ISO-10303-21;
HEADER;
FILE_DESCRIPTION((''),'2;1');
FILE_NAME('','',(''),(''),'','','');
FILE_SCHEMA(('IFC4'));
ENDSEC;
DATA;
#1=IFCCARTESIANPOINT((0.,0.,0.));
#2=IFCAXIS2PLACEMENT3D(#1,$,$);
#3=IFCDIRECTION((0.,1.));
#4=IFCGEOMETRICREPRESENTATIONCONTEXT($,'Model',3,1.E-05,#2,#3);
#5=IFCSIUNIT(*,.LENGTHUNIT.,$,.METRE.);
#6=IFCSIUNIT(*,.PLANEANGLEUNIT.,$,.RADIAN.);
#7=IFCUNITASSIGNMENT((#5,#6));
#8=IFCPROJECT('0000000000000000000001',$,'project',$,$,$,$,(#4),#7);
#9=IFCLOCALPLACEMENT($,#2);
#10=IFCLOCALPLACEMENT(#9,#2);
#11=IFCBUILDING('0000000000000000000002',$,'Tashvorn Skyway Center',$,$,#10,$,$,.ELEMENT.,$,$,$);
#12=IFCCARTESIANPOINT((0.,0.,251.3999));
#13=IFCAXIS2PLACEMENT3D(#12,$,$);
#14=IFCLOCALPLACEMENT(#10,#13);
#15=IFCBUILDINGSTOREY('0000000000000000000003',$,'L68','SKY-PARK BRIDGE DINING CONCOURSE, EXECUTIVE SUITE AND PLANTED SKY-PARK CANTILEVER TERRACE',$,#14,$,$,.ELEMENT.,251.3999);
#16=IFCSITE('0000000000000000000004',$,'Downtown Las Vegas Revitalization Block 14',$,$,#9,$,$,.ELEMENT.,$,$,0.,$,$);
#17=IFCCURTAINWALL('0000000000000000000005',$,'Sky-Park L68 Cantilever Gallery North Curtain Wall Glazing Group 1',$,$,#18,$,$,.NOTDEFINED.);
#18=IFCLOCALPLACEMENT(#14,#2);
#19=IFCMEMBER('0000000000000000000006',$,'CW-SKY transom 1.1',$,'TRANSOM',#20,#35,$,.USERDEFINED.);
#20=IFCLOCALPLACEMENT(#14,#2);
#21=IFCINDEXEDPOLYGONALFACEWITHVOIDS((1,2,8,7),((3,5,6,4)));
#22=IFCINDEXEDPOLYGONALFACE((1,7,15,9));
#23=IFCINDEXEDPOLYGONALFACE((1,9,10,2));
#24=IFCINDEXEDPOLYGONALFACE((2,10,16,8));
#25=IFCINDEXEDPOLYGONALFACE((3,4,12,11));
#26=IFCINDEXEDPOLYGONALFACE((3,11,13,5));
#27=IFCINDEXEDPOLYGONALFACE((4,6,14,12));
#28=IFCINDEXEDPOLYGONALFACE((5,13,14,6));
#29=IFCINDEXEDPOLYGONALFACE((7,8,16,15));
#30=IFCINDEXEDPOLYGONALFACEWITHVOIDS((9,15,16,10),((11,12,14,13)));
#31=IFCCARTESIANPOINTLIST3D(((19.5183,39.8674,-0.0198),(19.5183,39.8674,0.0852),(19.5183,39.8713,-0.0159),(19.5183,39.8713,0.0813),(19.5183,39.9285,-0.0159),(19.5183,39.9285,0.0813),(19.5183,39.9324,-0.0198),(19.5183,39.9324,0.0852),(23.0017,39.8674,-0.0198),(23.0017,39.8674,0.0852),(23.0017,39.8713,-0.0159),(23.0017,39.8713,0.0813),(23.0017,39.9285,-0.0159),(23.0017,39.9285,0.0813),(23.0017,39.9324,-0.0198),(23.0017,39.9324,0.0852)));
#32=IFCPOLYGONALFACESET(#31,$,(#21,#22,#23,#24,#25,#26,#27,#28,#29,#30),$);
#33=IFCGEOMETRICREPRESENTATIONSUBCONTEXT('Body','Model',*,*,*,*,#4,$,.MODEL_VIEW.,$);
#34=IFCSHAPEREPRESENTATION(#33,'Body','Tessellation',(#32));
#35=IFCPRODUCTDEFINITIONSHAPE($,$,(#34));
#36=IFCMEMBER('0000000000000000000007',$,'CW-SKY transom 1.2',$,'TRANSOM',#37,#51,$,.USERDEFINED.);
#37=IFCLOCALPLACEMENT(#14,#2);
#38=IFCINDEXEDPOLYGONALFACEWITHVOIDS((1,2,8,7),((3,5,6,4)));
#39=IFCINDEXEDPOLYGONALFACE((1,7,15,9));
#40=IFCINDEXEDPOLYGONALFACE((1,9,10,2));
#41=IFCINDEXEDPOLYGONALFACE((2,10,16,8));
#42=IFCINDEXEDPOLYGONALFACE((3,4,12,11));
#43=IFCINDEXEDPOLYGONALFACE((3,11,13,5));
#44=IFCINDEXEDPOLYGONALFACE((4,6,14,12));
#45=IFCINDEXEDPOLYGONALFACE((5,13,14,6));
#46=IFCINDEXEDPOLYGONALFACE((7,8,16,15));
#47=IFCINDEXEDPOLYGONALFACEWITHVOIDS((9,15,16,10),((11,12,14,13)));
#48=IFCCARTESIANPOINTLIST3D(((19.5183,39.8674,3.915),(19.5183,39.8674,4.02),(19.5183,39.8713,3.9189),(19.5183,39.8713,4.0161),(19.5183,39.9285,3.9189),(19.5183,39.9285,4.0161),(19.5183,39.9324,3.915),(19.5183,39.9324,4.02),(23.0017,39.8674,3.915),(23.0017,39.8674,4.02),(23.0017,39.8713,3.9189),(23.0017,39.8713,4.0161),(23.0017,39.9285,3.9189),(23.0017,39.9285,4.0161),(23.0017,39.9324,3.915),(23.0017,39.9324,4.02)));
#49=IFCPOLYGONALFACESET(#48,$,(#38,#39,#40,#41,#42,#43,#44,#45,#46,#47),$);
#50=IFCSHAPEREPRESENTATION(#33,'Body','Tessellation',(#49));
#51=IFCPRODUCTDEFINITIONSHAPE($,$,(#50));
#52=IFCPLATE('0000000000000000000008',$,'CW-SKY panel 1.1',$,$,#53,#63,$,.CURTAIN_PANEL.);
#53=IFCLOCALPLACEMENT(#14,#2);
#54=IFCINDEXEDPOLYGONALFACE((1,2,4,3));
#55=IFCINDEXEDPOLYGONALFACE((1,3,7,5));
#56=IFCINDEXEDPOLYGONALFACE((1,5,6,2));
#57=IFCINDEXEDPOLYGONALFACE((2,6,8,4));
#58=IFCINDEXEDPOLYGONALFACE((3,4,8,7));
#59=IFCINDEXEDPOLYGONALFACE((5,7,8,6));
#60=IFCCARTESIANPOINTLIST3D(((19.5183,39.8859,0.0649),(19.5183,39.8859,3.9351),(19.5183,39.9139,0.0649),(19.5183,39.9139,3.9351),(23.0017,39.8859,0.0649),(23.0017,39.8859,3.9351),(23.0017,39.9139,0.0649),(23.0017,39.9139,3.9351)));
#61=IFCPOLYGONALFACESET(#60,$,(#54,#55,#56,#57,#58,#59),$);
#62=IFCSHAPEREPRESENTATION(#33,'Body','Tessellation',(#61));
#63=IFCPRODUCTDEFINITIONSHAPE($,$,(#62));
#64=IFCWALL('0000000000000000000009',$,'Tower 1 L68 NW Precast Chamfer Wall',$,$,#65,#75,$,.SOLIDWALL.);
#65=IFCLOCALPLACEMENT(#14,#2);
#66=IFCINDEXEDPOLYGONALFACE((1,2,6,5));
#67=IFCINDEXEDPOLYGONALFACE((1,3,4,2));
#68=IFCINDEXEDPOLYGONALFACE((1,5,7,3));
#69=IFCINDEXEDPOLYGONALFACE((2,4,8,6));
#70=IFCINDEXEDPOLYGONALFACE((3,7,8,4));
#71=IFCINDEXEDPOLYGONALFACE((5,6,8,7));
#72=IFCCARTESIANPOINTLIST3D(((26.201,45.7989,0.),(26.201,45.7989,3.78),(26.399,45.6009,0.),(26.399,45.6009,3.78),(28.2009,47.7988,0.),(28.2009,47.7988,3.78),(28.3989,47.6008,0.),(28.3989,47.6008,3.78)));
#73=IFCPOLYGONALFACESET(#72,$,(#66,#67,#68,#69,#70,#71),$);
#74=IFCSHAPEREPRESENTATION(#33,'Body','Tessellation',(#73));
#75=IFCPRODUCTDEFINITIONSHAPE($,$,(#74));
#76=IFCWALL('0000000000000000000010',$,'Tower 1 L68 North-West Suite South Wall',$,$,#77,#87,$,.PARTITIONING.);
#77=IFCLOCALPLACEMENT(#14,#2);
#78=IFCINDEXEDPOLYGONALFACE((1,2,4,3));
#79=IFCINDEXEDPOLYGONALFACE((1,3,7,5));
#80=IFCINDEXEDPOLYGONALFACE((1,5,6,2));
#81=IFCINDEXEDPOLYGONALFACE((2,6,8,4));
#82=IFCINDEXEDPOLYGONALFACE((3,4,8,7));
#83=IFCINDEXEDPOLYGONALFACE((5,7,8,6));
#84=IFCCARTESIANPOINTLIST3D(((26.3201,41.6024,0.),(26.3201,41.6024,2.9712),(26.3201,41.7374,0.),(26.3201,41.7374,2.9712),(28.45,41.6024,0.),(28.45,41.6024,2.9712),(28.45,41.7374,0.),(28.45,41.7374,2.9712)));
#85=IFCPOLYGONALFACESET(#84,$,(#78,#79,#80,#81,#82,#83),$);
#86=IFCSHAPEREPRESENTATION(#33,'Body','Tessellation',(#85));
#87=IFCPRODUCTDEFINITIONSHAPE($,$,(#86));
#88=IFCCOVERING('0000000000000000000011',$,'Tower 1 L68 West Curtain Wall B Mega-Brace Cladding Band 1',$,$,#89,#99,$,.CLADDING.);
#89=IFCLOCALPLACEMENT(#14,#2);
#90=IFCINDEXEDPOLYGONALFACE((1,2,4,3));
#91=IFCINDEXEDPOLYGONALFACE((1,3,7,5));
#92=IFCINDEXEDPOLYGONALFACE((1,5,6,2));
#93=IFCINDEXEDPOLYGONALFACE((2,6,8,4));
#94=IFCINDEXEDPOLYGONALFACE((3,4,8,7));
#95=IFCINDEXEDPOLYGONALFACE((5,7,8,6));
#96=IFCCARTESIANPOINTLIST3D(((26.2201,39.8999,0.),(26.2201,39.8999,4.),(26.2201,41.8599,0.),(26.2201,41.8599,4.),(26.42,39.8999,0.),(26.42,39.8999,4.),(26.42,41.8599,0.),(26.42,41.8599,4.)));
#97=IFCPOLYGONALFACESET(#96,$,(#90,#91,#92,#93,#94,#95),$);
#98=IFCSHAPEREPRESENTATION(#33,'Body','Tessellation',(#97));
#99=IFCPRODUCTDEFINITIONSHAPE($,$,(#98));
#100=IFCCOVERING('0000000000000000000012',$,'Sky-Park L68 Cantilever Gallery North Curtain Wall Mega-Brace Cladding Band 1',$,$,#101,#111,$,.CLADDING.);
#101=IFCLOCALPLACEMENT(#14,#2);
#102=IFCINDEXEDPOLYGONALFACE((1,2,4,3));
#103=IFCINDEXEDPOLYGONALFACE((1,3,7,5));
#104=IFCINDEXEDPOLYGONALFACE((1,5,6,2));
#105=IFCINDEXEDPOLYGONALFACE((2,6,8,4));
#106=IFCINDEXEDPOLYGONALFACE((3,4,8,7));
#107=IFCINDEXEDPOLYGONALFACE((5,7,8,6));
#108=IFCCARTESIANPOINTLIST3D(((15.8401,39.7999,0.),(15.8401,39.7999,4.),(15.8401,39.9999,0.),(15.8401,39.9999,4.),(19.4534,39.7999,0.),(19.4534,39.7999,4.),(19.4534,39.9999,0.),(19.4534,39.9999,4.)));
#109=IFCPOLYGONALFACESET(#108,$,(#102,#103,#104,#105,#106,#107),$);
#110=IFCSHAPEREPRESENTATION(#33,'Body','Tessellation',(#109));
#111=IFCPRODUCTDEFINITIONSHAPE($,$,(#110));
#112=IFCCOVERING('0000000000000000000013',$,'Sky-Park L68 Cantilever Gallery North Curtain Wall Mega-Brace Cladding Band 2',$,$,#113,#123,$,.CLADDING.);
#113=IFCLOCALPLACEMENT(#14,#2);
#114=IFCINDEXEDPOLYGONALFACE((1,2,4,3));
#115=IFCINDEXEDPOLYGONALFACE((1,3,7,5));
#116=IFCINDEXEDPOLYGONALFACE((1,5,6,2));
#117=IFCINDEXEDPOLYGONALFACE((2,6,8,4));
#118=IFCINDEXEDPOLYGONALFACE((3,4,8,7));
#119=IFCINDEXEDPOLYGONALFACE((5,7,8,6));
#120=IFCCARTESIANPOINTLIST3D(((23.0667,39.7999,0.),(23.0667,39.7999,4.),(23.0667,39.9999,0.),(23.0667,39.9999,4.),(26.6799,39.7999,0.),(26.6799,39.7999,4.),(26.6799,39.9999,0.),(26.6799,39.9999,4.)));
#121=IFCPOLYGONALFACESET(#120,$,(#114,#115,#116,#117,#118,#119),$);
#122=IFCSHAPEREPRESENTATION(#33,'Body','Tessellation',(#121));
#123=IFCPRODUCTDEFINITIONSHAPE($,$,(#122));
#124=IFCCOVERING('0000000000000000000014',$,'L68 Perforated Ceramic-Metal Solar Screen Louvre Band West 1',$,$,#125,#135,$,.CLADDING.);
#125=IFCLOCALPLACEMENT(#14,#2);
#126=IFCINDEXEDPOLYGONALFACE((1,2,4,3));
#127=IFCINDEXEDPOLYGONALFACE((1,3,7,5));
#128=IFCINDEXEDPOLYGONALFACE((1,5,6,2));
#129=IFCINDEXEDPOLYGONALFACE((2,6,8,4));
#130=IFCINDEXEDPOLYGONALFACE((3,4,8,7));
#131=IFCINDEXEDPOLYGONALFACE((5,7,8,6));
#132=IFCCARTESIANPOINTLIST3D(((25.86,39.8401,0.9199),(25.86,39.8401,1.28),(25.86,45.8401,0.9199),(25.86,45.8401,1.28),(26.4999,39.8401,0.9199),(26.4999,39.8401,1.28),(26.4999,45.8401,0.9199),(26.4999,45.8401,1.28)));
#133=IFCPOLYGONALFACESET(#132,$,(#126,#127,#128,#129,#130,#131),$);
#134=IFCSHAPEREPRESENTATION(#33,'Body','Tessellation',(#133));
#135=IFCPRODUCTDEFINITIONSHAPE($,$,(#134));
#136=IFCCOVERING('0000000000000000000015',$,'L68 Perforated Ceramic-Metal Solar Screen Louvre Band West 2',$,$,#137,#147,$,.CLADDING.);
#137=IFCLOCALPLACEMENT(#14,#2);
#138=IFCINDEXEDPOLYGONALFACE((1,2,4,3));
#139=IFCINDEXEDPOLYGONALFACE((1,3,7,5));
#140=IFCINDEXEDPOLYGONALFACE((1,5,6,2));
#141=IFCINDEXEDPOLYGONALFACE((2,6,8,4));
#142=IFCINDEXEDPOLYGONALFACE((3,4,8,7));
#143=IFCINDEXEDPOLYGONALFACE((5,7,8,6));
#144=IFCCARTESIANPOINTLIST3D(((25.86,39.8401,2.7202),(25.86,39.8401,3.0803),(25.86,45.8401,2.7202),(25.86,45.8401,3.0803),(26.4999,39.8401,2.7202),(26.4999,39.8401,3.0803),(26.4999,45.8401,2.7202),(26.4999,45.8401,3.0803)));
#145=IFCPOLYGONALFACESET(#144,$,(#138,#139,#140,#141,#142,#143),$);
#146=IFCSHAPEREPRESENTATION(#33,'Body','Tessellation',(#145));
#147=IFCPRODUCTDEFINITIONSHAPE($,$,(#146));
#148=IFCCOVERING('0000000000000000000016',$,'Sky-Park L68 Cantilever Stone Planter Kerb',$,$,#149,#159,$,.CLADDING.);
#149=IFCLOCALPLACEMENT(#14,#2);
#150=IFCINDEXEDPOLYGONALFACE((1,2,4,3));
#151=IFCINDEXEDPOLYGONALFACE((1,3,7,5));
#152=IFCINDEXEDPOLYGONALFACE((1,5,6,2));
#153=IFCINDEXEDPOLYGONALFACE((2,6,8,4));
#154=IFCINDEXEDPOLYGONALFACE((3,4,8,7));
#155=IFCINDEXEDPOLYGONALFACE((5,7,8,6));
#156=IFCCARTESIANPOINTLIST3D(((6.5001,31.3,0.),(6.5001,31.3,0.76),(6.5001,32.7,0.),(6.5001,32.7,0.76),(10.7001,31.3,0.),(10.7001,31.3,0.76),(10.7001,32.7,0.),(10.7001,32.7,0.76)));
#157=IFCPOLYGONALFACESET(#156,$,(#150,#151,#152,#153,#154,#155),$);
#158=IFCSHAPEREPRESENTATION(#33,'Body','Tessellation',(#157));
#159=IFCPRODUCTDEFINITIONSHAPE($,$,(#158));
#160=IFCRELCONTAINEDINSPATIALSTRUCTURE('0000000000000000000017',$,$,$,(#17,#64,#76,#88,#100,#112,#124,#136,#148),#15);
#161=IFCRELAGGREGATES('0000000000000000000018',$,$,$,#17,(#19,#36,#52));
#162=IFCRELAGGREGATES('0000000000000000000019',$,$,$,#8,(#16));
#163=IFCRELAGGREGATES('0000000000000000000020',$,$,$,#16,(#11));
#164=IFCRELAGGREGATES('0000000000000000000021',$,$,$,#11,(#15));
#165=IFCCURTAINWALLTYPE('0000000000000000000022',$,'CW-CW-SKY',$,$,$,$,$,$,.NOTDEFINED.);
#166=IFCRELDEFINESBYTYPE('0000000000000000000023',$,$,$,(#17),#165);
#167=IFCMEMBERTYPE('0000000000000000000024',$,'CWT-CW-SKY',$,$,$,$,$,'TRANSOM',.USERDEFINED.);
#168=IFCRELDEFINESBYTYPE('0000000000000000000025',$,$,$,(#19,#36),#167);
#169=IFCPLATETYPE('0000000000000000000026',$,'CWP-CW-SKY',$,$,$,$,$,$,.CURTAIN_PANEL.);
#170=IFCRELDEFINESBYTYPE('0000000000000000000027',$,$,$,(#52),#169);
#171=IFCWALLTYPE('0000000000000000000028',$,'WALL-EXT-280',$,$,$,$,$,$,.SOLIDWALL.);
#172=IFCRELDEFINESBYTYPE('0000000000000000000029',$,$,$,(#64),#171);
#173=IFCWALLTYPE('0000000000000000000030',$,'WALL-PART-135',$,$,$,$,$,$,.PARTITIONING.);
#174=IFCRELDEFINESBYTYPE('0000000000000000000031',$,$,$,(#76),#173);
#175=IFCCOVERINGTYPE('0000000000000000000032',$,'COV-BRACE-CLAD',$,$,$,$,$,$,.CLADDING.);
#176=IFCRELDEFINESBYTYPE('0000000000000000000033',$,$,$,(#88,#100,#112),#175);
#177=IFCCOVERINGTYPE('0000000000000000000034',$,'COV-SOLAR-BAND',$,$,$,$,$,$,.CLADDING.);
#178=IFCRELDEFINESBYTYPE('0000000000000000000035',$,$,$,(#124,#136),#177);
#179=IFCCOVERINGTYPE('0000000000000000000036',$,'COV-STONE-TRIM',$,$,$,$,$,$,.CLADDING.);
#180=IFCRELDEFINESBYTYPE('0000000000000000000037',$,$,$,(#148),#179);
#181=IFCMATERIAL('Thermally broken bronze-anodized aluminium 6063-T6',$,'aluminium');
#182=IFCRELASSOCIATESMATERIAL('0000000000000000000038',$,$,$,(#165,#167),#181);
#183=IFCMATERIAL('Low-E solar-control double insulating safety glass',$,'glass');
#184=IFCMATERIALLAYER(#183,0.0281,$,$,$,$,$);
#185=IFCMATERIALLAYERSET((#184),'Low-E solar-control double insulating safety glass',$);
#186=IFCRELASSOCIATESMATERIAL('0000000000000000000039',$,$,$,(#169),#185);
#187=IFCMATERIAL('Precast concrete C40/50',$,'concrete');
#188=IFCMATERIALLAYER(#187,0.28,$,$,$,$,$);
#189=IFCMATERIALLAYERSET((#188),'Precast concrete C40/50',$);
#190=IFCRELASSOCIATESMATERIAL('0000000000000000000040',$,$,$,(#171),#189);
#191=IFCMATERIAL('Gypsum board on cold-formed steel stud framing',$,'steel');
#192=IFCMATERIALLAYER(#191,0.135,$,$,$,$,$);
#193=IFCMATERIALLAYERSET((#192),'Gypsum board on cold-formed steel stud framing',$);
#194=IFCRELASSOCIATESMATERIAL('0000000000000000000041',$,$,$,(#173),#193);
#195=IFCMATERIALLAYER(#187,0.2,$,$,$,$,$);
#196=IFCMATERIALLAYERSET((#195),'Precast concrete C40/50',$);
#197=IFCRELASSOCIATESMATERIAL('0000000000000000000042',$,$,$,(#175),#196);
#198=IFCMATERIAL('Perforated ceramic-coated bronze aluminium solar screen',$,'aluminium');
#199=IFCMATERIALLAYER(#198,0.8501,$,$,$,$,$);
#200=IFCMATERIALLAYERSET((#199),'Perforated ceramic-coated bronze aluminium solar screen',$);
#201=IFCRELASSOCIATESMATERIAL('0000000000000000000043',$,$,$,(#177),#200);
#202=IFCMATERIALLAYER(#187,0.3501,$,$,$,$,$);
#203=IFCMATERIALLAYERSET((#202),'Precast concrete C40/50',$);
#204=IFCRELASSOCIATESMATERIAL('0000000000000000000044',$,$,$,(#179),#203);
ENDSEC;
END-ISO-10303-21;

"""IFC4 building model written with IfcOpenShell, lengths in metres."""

from ifc_helpers import new_model, si_unit, direction, frame, frame_2d, origin, origin_2d, place, context, subcontext, project, spatial, rectangle, hollow_rectangle, extrude, material, layer, layer_set, material_profile, profile_set, type_object, element, aggregate, save


model = new_model("IFC4")

# Units and contexts
model_context = context("Model", 3, precision=1e-05, world=origin(), true_north=direction((0.0, 1.0)))
body_context = subcontext(model_context, "Body", "Model", "MODEL_VIEW")
ifc_project = project(units=[si_unit("LENGTHUNIT", "METRE"), si_unit("PLANEANGLEUNIT", "RADIAN")], contexts=[model_context])

# Site, building, storey
site_placement = place(None, origin())
site = spatial("IfcSite", under=ifc_project, at=site_placement, Name="Downtown Las Vegas Revitalization Block 14", CompositionType="ELEMENT", RefElevation=0.0)
building_placement = place(site_placement, origin())
building = spatial("IfcBuilding", under=site, at=building_placement, Name="Tashvorn Skyway Center", CompositionType="ELEMENT")
storey_placement = place(building_placement, frame((0.0, 0.0, 251.3999)))
storey = spatial("IfcBuildingStorey", under=building, at=storey_placement, Name="L68", Description="SKY-PARK BRIDGE DINING CONCOURSE, EXECUTIVE SUITE AND PLANTED SKY-PARK CANTILEVER TERRACE", CompositionType="ELEMENT", Elevation=251.3999)

# Shared definitions
ifc_material_1 = material(Name="Thermally broken bronze-anodized aluminium 6063-T6", Category="aluminium")
curtain_wall_type = type_object("IfcCurtainWallType", Name="CW-CW-SKY", PredefinedType="NOTDEFINED", material=ifc_material_1)

# Curtain wall
curtain_wall_1_placement = place(storey_placement, origin())
curtain_wall_1 = element("IfcCurtainWall", 1, at=curtain_wall_1_placement, inside=storey, type_object=curtain_wall_type, Name="Sky-Park L68 Cantilever Gallery North Curtain Wall Glazing Group 1", PredefinedType="NOTDEFINED")

# Members
ifc_material_profile_1 = material_profile(ifc_material_1, hollow_rectangle(XDim=0.0649, YDim=0.105, WallThickness=0.0039, at=origin_2d()), Name="ALU-TRAN-65x105")
ifc_profile_set_1 = profile_set([ifc_material_profile_1], Name="Thermally broken bronze-anodized aluminium 6063-T6")
member_type_1 = type_object("IfcMemberType", Name="CWT-CW-SKY", ElementType="TRANSOM", PredefinedType="USERDEFINED", material=ifc_profile_set_1)
member_1_placement = place(storey_placement, frame((19.5183, 39.8999, 0.0327), z_axis=(1.0, 0.0, 0.0), x_axis=(0.0, 1.0, 0.0)))
member_1 = element("IfcMember", 2, at=member_1_placement, type_object=member_type_1, Name="CW-SKY transom 1.1", ObjectType="TRANSOM", PredefinedType="USERDEFINED", context=body_context, shape_type="SweptSolid", body=[
    extrude(hollow_rectangle(XDim=0.0649, YDim=0.105, WallThickness=0.0039, at=origin_2d()), origin(), (0.0, 0.0, 1.0), 3.4834),
])
member_2_placement = place(storey_placement, frame((19.5183, 39.8999, 3.9675), z_axis=(1.0, 0.0, 0.0), x_axis=(0.0, 1.0, 0.0)))
member_2 = element("IfcMember", 3, at=member_2_placement, type_object=member_type_1, Name="CW-SKY transom 1.2", ObjectType="TRANSOM", PredefinedType="USERDEFINED", context=body_context, shape_type="SweptSolid", body=[
    extrude(hollow_rectangle(XDim=0.0649, YDim=0.105, WallThickness=0.0039, at=origin_2d()), origin(), (0.0, 0.0, 1.0), 3.4834),
])

# Plate
ifc_material_2 = material(Name="Low-E solar-control double insulating safety glass", Category="glass")
ifc_layer_1 = layer(ifc_material_2, 0.0281)
ifc_layer_set_1 = layer_set([ifc_layer_1], Name="Low-E solar-control double insulating safety glass")
plate_type = type_object("IfcPlateType", Name="CWP-CW-SKY", PredefinedType="CURTAIN_PANEL", material=ifc_layer_set_1)
plate_placement = place(storey_placement, frame((21.26, 39.8999, 0.0649), z_axis=(0.0, 0.0, 1.0), x_axis=(1.0, 0.0, 0.0)))
plate = element("IfcPlate", 4, at=plate_placement, type_object=plate_type, Name="CW-SKY panel 1.1", PredefinedType="CURTAIN_PANEL", context=body_context, shape_type="SweptSolid", body=[
    extrude(rectangle(XDim=3.4834, YDim=0.0281, at=origin_2d()), origin(), (0.0, 0.0, 1.0), 3.8701),
])
aggregate(curtain_wall_1, [member_1, member_2, plate])

# Walls
ifc_material_3 = material(Name="Precast concrete C40/50", Category="concrete")
ifc_layer_2 = layer(ifc_material_3, 0.28)
ifc_layer_set_2 = layer_set([ifc_layer_2], Name="Precast concrete C40/50")
wall_type_1 = type_object("IfcWallType", Name="WALL-EXT-280", PredefinedType="SOLIDWALL", material=ifc_layer_set_2)
wall_1_placement = place(storey_placement, frame((26.3, 45.7, 0.0), z_axis=(0.0, 0.0, 1.0), x_axis=(0.707107, 0.707107, 0.0)))
element("IfcWall", 5, at=wall_1_placement, inside=storey, type_object=wall_type_1, Name="Tower 1 L68 NW Precast Chamfer Wall", PredefinedType="SOLIDWALL", context=body_context, shape_type="SweptSolid", body=[
    extrude(rectangle(XDim=2.8284, YDim=0.28, at=frame_2d((1.4141, 0.0))), origin(), (0.0, 0.0, 1.0), 3.78),
])
ifc_material_4 = material(Name="Gypsum board on cold-formed steel stud framing", Category="steel")
ifc_layer_3 = layer(ifc_material_4, 0.135)
ifc_layer_set_3 = layer_set([ifc_layer_3], Name="Gypsum board on cold-formed steel stud framing")
wall_type_2 = type_object("IfcWallType", Name="WALL-PART-135", PredefinedType="PARTITIONING", material=ifc_layer_set_3)
wall_2_placement = place(storey_placement, frame((26.3201, 41.6699, 0.0), z_axis=(0.0, 0.0, 1.0), x_axis=(1.0, 0.0, 0.0)))
element("IfcWall", 6, at=wall_2_placement, inside=storey, type_object=wall_type_2, Name="Tower 1 L68 North-West Suite South Wall", PredefinedType="PARTITIONING", context=body_context, shape_type="SweptSolid", body=[
    extrude(rectangle(XDim=2.1299, YDim=0.135, at=frame_2d((1.0649, 0.0))), origin(), (0.0, 0.0, 1.0), 2.9712),
])

# Coverings
ifc_layer_4 = layer(ifc_material_3, 0.2)
ifc_layer_set_4 = layer_set([ifc_layer_4], Name="Precast concrete C40/50")
covering_type_1 = type_object("IfcCoveringType", Name="COV-BRACE-CLAD", PredefinedType="CLADDING", material=ifc_layer_set_4)
covering_1_placement = place(storey_placement, frame((26.3201, 40.8799, 0.0), z_axis=(0.0, 0.0, 1.0), x_axis=(0.0, 1.0, 0.0)))
element("IfcCovering", 7, at=covering_1_placement, inside=storey, type_object=covering_type_1, Name="Tower 1 L68 West Curtain Wall B Mega-Brace Cladding Band 1", PredefinedType="CLADDING", context=body_context, shape_type="SweptSolid", body=[
    extrude(rectangle(XDim=1.96, YDim=0.2, at=origin_2d()), origin(), (0.0, 0.0, 1.0), 4.0),
])
for number, where, z_axis, x_axis, name in (
    (8, (17.6467, 39.8999, 0.0), (0.0, 0.0, 1.0), (1.0, 0.0, 0.0), "Sky-Park L68 Cantilever Gallery North Curtain Wall Mega-Brace Cladding Band 1"),
    (9, (24.8733, 39.8999, 0.0), (0.0, 0.0, 1.0), (1.0, 0.0, 0.0), "Sky-Park L68 Cantilever Gallery North Curtain Wall Mega-Brace Cladding Band 2"),
):
    element("IfcCovering", number, at=place(storey_placement, frame(where, z_axis=z_axis, x_axis=x_axis)), inside=storey, type_object=covering_type_1, Name=name, PredefinedType="CLADDING", context=body_context, shape_type="SweptSolid", body=[
        extrude(rectangle(XDim=3.6133, YDim=0.2, at=origin_2d()), origin(), (0.0, 0.0, 1.0), 4.0),
    ])
ifc_material_5 = material(Name="Perforated ceramic-coated bronze aluminium solar screen", Category="aluminium")
ifc_layer_5 = layer(ifc_material_5, 0.8501)
ifc_layer_set_5 = layer_set([ifc_layer_5], Name="Perforated ceramic-coated bronze aluminium solar screen")
covering_type_2 = type_object("IfcCoveringType", Name="COV-SOLAR-BAND", PredefinedType="CLADDING", material=ifc_layer_set_5)
for number, where, z_axis, x_axis, name in (
    (10, (26.1799, 42.8401, 0.9199), (0.0, 0.0, 1.0), (0.0, 1.0, 0.0), "L68 Perforated Ceramic-Metal Solar Screen Louvre Band West 1"),
    (11, (26.1799, 42.8401, 2.7202), (0.0, 0.0, 1.0), (0.0, 1.0, 0.0), "L68 Perforated Ceramic-Metal Solar Screen Louvre Band West 2"),
):
    element("IfcCovering", number, at=place(storey_placement, frame(where, z_axis=z_axis, x_axis=x_axis)), inside=storey, type_object=covering_type_2, Name=name, PredefinedType="CLADDING", context=body_context, shape_type="SweptSolid", body=[
        extrude(rectangle(XDim=6.0, YDim=0.6399, at=origin_2d()), origin(), (0.0, 0.0, 1.0), 0.3601),
    ])
ifc_layer_6 = layer(ifc_material_3, 0.3501)
ifc_layer_set_6 = layer_set([ifc_layer_6], Name="Precast concrete C40/50")
covering_type_3 = type_object("IfcCoveringType", Name="COV-STONE-TRIM", PredefinedType="CLADDING", material=ifc_layer_set_6)
covering_2_placement = place(storey_placement, frame((8.6001, 32.0, 0.0), z_axis=(0.0, 0.0, 1.0), x_axis=(1.0, 0.0, 0.0)))
element("IfcCovering", 12, at=covering_2_placement, inside=storey, type_object=covering_type_3, Name="Sky-Park L68 Cantilever Stone Planter Kerb", PredefinedType="CLADDING", context=body_context, shape_type="SweptSolid", body=[
    extrude(rectangle(XDim=4.2, YDim=1.3999, at=origin_2d()), origin(), (0.0, 0.0, 1.0), 0.76),
])

save(model, "model.ifc")
